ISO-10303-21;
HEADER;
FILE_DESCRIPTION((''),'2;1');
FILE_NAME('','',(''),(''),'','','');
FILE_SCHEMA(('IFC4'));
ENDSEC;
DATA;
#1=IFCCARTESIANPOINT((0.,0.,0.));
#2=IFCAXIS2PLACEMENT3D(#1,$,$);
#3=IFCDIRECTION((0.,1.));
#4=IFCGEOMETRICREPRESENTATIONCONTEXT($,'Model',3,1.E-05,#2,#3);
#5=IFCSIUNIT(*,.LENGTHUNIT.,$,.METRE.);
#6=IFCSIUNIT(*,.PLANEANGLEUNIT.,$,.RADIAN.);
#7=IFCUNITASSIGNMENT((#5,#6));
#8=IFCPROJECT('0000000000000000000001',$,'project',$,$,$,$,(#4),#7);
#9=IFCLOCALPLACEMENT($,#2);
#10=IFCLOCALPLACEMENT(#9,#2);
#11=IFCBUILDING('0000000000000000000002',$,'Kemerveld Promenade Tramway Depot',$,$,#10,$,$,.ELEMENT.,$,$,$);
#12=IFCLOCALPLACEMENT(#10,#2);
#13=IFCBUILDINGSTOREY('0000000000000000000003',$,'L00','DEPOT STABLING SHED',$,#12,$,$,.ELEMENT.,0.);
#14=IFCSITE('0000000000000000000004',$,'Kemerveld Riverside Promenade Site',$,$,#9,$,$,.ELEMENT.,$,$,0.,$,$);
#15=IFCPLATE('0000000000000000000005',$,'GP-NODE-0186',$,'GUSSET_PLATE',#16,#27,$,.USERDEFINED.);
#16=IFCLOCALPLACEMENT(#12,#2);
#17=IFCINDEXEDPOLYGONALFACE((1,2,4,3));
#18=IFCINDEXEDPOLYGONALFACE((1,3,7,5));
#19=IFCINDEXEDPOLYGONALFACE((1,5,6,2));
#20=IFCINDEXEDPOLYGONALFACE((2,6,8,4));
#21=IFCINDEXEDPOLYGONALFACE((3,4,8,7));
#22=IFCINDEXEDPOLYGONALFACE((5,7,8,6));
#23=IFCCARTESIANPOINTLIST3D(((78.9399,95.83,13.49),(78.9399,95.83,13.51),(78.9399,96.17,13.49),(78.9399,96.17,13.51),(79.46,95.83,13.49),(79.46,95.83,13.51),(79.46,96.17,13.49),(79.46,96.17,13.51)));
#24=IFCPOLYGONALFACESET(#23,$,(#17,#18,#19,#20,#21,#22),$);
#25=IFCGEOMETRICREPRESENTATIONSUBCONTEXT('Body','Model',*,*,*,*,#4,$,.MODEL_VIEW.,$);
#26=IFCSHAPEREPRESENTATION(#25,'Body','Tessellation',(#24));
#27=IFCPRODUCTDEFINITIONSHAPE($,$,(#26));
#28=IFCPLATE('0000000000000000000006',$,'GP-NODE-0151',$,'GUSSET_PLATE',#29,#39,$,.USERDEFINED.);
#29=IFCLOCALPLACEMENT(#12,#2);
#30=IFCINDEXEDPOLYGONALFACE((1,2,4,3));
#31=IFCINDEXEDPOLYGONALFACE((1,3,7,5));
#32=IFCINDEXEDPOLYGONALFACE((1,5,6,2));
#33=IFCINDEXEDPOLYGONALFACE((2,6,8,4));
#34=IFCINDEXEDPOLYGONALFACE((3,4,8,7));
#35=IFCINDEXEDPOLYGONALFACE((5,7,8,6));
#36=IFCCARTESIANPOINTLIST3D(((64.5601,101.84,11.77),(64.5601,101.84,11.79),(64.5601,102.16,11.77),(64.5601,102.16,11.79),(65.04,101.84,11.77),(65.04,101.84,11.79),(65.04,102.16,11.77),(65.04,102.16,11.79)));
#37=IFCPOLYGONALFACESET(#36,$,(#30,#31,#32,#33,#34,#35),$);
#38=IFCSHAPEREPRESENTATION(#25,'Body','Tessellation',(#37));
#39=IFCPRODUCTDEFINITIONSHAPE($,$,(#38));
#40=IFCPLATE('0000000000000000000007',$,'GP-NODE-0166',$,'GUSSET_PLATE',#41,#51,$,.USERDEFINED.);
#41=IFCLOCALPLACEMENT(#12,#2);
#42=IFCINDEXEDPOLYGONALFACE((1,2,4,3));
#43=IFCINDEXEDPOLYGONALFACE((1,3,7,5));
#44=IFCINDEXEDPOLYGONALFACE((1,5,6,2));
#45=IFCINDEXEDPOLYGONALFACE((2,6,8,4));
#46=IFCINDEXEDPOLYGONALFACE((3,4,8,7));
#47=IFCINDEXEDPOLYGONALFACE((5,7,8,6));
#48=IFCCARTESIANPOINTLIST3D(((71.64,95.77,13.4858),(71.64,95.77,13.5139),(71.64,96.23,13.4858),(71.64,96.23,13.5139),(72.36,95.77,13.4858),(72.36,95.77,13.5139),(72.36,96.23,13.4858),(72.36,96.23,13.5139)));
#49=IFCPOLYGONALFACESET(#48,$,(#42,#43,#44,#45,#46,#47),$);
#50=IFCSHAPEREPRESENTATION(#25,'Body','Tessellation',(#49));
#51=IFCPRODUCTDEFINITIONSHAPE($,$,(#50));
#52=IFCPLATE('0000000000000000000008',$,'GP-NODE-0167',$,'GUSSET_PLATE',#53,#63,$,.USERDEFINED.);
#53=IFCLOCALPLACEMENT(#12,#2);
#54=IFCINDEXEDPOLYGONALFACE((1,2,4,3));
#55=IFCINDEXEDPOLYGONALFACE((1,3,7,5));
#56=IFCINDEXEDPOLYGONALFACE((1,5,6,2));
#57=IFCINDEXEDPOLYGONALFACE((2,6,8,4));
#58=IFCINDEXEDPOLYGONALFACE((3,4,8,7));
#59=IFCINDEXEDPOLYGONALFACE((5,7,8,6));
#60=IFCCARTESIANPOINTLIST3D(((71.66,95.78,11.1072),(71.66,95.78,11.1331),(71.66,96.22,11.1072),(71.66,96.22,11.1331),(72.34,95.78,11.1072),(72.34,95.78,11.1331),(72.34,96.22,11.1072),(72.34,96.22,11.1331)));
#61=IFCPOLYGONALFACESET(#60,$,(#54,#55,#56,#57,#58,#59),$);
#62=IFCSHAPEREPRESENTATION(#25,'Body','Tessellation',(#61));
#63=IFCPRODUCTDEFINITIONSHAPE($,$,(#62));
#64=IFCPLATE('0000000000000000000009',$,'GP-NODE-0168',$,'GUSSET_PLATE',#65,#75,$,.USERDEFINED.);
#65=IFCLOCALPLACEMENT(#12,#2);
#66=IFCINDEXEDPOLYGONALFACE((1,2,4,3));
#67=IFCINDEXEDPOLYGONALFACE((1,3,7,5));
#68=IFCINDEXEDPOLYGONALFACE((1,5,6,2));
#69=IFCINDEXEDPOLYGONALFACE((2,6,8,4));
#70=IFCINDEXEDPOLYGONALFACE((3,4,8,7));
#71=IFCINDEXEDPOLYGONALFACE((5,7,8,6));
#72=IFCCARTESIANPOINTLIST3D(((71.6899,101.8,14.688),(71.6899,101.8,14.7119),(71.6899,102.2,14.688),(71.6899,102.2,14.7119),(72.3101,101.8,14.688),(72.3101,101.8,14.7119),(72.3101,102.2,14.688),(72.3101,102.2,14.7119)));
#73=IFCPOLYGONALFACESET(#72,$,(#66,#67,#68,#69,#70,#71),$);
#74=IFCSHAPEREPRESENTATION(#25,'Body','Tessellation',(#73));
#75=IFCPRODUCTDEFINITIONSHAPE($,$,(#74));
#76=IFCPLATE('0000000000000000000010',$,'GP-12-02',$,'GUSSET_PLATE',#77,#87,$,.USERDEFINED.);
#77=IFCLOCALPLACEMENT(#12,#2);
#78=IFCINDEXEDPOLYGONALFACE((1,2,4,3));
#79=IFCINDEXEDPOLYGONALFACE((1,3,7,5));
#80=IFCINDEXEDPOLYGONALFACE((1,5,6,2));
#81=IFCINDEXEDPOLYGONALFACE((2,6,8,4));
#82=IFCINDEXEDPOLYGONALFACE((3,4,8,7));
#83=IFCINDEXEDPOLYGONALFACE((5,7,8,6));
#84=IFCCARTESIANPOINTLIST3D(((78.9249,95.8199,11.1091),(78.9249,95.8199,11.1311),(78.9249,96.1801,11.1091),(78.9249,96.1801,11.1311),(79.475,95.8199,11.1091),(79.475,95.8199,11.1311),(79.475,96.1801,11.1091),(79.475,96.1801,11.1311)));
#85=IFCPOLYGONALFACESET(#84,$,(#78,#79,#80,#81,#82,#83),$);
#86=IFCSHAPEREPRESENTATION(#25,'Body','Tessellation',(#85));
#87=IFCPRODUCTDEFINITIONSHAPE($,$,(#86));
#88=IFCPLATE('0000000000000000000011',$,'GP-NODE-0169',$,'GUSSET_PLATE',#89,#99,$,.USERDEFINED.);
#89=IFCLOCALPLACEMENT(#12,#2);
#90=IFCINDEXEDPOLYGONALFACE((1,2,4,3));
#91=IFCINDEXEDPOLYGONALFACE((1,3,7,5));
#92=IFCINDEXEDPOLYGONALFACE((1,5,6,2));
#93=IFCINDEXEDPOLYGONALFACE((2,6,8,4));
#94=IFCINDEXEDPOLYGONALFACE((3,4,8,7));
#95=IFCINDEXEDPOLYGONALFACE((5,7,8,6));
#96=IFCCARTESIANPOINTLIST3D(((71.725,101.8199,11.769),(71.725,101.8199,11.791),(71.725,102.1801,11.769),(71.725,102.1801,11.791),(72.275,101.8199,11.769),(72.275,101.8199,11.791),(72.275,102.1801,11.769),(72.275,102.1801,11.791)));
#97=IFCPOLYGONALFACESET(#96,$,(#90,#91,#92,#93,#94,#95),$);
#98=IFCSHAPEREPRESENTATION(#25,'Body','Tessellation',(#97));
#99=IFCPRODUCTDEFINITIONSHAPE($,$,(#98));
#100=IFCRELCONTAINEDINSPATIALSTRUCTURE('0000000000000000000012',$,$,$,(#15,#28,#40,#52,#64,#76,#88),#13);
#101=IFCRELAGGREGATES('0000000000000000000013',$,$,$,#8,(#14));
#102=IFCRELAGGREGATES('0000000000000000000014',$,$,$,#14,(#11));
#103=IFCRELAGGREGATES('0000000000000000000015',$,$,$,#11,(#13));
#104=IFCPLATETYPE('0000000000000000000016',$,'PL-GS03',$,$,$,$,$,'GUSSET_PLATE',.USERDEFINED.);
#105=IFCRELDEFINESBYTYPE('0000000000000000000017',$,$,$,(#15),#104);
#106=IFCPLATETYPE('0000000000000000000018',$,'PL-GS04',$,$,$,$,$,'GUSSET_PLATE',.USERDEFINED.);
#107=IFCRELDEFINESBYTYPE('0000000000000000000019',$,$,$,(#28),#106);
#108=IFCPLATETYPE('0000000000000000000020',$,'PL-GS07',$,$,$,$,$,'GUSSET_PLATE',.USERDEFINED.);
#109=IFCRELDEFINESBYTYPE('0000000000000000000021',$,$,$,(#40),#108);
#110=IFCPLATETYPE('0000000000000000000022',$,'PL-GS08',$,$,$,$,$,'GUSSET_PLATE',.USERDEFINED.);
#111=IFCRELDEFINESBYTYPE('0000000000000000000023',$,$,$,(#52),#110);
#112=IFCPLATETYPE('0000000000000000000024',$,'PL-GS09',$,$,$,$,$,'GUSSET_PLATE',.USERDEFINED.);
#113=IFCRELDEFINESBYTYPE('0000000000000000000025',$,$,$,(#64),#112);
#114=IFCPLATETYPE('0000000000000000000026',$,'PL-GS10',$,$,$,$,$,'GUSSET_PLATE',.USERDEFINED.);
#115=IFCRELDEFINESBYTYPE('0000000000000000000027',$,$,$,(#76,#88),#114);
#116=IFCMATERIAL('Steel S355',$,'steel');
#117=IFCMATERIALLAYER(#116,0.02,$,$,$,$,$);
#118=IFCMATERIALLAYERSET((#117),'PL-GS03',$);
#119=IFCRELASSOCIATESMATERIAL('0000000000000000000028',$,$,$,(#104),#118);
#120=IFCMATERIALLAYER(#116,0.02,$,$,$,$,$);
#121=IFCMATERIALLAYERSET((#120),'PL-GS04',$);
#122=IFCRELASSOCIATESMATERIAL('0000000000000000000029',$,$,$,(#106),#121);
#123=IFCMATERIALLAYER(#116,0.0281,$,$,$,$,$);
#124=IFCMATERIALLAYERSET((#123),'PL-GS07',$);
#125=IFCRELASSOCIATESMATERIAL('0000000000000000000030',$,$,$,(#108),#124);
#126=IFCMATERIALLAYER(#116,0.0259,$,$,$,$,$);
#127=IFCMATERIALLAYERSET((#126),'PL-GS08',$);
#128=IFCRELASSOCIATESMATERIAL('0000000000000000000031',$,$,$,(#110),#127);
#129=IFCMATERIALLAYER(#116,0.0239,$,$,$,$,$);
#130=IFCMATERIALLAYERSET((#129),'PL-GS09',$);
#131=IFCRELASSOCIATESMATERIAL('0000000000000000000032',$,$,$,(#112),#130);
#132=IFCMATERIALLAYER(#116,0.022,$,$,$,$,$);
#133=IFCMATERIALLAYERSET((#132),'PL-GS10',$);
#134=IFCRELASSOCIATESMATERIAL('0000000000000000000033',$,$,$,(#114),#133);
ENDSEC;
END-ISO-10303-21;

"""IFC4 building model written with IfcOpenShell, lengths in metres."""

from ifc_helpers import new_model, si_unit, direction, frame, origin, origin_2d, place, context, subcontext, project, spatial, rectangle, extrude, material, layer, layer_set, type_object, element, save


model = new_model("IFC4")

# Units and contexts
model_context = context("Model", 3, precision=1e-05, world=origin(), true_north=direction((0.0, 1.0)))
body_context = subcontext(model_context, "Body", "Model", "MODEL_VIEW")
ifc_project = project(units=[si_unit("LENGTHUNIT", "METRE"), si_unit("PLANEANGLEUNIT", "RADIAN")], contexts=[model_context])

# Site, building, storey
site_placement = place(None, origin())
site = spatial("IfcSite", under=ifc_project, at=site_placement, Name="Kemerveld Riverside Promenade Site", CompositionType="ELEMENT", RefElevation=0.0)
building_placement = place(site_placement, origin())
building = spatial("IfcBuilding", under=site, at=building_placement, Name="Kemerveld Promenade Tramway Depot", CompositionType="ELEMENT")
storey_placement = place(building_placement, origin())
storey = spatial("IfcBuildingStorey", under=building, at=storey_placement, Name="L00", Description="DEPOT STABLING SHED", CompositionType="ELEMENT", Elevation=0.0)

# Shared definitions
ifc_material_1 = material(Name="Steel S355", Category="steel")

# Plates
ifc_layer_1 = layer(ifc_material_1, 0.02)
ifc_layer_set_1 = layer_set([ifc_layer_1], Name="PL-GS03")
plate_type_1 = type_object("IfcPlateType", Name="PL-GS03", ElementType="GUSSET_PLATE", PredefinedType="USERDEFINED", material=ifc_layer_set_1)
for number, where, z_axis, x_axis, name in (
    (1, (79.2, 96.0, 13.49), (0.0, 0.0, 1.0), (1.0, 0.0, 0.0), "GP-NODE-0186"),
):
    element("IfcPlate", number, at=place(storey_placement, frame(where, z_axis=z_axis, x_axis=x_axis)), inside=storey, type_object=plate_type_1, Name=name, ObjectType="GUSSET_PLATE", PredefinedType="USERDEFINED", context=body_context, shape_type="SweptSolid", body=[
        extrude(rectangle(XDim=0.52, YDim=0.3401, at=origin_2d()), origin(), (0.0, 0.0, 1.0), 0.02),
    ])
ifc_layer_2 = layer(ifc_material_1, 0.02)
ifc_layer_set_2 = layer_set([ifc_layer_2], Name="PL-GS04")
plate_type_2 = type_object("IfcPlateType", Name="PL-GS04", ElementType="GUSSET_PLATE", PredefinedType="USERDEFINED", material=ifc_layer_set_2)
plate_1_placement = place(storey_placement, frame((64.8, 102.0, 11.77), z_axis=(0.0, 0.0, 1.0), x_axis=(1.0, 0.0, 0.0)))
element("IfcPlate", 2, at=plate_1_placement, inside=storey, type_object=plate_type_2, Name="GP-NODE-0151", ObjectType="GUSSET_PLATE", PredefinedType="USERDEFINED", context=body_context, shape_type="SweptSolid", body=[
    extrude(rectangle(XDim=0.48, YDim=0.3201, at=origin_2d()), origin(), (0.0, 0.0, 1.0), 0.02),
])
ifc_layer_3 = layer(ifc_material_1, 0.0281)
ifc_layer_set_3 = layer_set([ifc_layer_3], Name="PL-GS07")
plate_type_3 = type_object("IfcPlateType", Name="PL-GS07", ElementType="GUSSET_PLATE", PredefinedType="USERDEFINED", material=ifc_layer_set_3)
plate_2_placement = place(storey_placement, frame((72.0, 96.0, 13.4858), z_axis=(0.0, 0.0, 1.0), x_axis=(1.0, 0.0, 0.0)))
element("IfcPlate", 3, at=plate_2_placement, inside=storey, type_object=plate_type_3, Name="GP-NODE-0166", ObjectType="GUSSET_PLATE", PredefinedType="USERDEFINED", context=body_context, shape_type="SweptSolid", body=[
    extrude(rectangle(XDim=0.72, YDim=0.46, at=origin_2d()), origin(), (0.0, 0.0, 1.0), 0.0281),
])
ifc_layer_4 = layer(ifc_material_1, 0.0259)
ifc_layer_set_4 = layer_set([ifc_layer_4], Name="PL-GS08")
plate_type_4 = type_object("IfcPlateType", Name="PL-GS08", ElementType="GUSSET_PLATE", PredefinedType="USERDEFINED", material=ifc_layer_set_4)
plate_3_placement = place(storey_placement, frame((72.0, 96.0, 11.1072), z_axis=(0.0, 0.0, 1.0), x_axis=(1.0, 0.0, 0.0)))
element("IfcPlate", 4, at=plate_3_placement, inside=storey, type_object=plate_type_4, Name="GP-NODE-0167", ObjectType="GUSSET_PLATE", PredefinedType="USERDEFINED", context=body_context, shape_type="SweptSolid", body=[
    extrude(rectangle(XDim=0.6799, YDim=0.4399, at=origin_2d()), origin(), (0.0, 0.0, 1.0), 0.0259),
])
ifc_layer_5 = layer(ifc_material_1, 0.0239)
ifc_layer_set_5 = layer_set([ifc_layer_5], Name="PL-GS09")
plate_type_5 = type_object("IfcPlateType", Name="PL-GS09", ElementType="GUSSET_PLATE", PredefinedType="USERDEFINED", material=ifc_layer_set_5)
plate_4_placement = place(storey_placement, frame((72.0, 102.0, 14.688), z_axis=(0.0, 0.0, 1.0), x_axis=(1.0, 0.0, 0.0)))
element("IfcPlate", 5, at=plate_4_placement, inside=storey, type_object=plate_type_5, Name="GP-NODE-0168", ObjectType="GUSSET_PLATE", PredefinedType="USERDEFINED", context=body_context, shape_type="SweptSolid", body=[
    extrude(rectangle(XDim=0.6201, YDim=0.3999, at=origin_2d()), origin(), (0.0, 0.0, 1.0), 0.0239),
])
ifc_layer_6 = layer(ifc_material_1, 0.022)
ifc_layer_set_6 = layer_set([ifc_layer_6], Name="PL-GS10")
plate_type_6 = type_object("IfcPlateType", Name="PL-GS10", ElementType="GUSSET_PLATE", PredefinedType="USERDEFINED", material=ifc_layer_set_6)
for number, where, z_axis, x_axis, name in (
    (6, (79.2, 96.0, 11.1091), (0.0, 0.0, 1.0), (1.0, 0.0, 0.0), "GP-12-02"),
    (7, (72.0, 102.0, 11.769), (0.0, 0.0, 1.0), (1.0, 0.0, 0.0), "GP-NODE-0169"),
):
    element("IfcPlate", number, at=place(storey_placement, frame(where, z_axis=z_axis, x_axis=x_axis)), inside=storey, type_object=plate_type_6, Name=name, ObjectType="GUSSET_PLATE", PredefinedType="USERDEFINED", context=body_context, shape_type="SweptSolid", body=[
        extrude(rectangle(XDim=0.55, YDim=0.3601, at=origin_2d()), origin(), (0.0, 0.0, 1.0), 0.022),
    ])

save(model, "model.ifc")
